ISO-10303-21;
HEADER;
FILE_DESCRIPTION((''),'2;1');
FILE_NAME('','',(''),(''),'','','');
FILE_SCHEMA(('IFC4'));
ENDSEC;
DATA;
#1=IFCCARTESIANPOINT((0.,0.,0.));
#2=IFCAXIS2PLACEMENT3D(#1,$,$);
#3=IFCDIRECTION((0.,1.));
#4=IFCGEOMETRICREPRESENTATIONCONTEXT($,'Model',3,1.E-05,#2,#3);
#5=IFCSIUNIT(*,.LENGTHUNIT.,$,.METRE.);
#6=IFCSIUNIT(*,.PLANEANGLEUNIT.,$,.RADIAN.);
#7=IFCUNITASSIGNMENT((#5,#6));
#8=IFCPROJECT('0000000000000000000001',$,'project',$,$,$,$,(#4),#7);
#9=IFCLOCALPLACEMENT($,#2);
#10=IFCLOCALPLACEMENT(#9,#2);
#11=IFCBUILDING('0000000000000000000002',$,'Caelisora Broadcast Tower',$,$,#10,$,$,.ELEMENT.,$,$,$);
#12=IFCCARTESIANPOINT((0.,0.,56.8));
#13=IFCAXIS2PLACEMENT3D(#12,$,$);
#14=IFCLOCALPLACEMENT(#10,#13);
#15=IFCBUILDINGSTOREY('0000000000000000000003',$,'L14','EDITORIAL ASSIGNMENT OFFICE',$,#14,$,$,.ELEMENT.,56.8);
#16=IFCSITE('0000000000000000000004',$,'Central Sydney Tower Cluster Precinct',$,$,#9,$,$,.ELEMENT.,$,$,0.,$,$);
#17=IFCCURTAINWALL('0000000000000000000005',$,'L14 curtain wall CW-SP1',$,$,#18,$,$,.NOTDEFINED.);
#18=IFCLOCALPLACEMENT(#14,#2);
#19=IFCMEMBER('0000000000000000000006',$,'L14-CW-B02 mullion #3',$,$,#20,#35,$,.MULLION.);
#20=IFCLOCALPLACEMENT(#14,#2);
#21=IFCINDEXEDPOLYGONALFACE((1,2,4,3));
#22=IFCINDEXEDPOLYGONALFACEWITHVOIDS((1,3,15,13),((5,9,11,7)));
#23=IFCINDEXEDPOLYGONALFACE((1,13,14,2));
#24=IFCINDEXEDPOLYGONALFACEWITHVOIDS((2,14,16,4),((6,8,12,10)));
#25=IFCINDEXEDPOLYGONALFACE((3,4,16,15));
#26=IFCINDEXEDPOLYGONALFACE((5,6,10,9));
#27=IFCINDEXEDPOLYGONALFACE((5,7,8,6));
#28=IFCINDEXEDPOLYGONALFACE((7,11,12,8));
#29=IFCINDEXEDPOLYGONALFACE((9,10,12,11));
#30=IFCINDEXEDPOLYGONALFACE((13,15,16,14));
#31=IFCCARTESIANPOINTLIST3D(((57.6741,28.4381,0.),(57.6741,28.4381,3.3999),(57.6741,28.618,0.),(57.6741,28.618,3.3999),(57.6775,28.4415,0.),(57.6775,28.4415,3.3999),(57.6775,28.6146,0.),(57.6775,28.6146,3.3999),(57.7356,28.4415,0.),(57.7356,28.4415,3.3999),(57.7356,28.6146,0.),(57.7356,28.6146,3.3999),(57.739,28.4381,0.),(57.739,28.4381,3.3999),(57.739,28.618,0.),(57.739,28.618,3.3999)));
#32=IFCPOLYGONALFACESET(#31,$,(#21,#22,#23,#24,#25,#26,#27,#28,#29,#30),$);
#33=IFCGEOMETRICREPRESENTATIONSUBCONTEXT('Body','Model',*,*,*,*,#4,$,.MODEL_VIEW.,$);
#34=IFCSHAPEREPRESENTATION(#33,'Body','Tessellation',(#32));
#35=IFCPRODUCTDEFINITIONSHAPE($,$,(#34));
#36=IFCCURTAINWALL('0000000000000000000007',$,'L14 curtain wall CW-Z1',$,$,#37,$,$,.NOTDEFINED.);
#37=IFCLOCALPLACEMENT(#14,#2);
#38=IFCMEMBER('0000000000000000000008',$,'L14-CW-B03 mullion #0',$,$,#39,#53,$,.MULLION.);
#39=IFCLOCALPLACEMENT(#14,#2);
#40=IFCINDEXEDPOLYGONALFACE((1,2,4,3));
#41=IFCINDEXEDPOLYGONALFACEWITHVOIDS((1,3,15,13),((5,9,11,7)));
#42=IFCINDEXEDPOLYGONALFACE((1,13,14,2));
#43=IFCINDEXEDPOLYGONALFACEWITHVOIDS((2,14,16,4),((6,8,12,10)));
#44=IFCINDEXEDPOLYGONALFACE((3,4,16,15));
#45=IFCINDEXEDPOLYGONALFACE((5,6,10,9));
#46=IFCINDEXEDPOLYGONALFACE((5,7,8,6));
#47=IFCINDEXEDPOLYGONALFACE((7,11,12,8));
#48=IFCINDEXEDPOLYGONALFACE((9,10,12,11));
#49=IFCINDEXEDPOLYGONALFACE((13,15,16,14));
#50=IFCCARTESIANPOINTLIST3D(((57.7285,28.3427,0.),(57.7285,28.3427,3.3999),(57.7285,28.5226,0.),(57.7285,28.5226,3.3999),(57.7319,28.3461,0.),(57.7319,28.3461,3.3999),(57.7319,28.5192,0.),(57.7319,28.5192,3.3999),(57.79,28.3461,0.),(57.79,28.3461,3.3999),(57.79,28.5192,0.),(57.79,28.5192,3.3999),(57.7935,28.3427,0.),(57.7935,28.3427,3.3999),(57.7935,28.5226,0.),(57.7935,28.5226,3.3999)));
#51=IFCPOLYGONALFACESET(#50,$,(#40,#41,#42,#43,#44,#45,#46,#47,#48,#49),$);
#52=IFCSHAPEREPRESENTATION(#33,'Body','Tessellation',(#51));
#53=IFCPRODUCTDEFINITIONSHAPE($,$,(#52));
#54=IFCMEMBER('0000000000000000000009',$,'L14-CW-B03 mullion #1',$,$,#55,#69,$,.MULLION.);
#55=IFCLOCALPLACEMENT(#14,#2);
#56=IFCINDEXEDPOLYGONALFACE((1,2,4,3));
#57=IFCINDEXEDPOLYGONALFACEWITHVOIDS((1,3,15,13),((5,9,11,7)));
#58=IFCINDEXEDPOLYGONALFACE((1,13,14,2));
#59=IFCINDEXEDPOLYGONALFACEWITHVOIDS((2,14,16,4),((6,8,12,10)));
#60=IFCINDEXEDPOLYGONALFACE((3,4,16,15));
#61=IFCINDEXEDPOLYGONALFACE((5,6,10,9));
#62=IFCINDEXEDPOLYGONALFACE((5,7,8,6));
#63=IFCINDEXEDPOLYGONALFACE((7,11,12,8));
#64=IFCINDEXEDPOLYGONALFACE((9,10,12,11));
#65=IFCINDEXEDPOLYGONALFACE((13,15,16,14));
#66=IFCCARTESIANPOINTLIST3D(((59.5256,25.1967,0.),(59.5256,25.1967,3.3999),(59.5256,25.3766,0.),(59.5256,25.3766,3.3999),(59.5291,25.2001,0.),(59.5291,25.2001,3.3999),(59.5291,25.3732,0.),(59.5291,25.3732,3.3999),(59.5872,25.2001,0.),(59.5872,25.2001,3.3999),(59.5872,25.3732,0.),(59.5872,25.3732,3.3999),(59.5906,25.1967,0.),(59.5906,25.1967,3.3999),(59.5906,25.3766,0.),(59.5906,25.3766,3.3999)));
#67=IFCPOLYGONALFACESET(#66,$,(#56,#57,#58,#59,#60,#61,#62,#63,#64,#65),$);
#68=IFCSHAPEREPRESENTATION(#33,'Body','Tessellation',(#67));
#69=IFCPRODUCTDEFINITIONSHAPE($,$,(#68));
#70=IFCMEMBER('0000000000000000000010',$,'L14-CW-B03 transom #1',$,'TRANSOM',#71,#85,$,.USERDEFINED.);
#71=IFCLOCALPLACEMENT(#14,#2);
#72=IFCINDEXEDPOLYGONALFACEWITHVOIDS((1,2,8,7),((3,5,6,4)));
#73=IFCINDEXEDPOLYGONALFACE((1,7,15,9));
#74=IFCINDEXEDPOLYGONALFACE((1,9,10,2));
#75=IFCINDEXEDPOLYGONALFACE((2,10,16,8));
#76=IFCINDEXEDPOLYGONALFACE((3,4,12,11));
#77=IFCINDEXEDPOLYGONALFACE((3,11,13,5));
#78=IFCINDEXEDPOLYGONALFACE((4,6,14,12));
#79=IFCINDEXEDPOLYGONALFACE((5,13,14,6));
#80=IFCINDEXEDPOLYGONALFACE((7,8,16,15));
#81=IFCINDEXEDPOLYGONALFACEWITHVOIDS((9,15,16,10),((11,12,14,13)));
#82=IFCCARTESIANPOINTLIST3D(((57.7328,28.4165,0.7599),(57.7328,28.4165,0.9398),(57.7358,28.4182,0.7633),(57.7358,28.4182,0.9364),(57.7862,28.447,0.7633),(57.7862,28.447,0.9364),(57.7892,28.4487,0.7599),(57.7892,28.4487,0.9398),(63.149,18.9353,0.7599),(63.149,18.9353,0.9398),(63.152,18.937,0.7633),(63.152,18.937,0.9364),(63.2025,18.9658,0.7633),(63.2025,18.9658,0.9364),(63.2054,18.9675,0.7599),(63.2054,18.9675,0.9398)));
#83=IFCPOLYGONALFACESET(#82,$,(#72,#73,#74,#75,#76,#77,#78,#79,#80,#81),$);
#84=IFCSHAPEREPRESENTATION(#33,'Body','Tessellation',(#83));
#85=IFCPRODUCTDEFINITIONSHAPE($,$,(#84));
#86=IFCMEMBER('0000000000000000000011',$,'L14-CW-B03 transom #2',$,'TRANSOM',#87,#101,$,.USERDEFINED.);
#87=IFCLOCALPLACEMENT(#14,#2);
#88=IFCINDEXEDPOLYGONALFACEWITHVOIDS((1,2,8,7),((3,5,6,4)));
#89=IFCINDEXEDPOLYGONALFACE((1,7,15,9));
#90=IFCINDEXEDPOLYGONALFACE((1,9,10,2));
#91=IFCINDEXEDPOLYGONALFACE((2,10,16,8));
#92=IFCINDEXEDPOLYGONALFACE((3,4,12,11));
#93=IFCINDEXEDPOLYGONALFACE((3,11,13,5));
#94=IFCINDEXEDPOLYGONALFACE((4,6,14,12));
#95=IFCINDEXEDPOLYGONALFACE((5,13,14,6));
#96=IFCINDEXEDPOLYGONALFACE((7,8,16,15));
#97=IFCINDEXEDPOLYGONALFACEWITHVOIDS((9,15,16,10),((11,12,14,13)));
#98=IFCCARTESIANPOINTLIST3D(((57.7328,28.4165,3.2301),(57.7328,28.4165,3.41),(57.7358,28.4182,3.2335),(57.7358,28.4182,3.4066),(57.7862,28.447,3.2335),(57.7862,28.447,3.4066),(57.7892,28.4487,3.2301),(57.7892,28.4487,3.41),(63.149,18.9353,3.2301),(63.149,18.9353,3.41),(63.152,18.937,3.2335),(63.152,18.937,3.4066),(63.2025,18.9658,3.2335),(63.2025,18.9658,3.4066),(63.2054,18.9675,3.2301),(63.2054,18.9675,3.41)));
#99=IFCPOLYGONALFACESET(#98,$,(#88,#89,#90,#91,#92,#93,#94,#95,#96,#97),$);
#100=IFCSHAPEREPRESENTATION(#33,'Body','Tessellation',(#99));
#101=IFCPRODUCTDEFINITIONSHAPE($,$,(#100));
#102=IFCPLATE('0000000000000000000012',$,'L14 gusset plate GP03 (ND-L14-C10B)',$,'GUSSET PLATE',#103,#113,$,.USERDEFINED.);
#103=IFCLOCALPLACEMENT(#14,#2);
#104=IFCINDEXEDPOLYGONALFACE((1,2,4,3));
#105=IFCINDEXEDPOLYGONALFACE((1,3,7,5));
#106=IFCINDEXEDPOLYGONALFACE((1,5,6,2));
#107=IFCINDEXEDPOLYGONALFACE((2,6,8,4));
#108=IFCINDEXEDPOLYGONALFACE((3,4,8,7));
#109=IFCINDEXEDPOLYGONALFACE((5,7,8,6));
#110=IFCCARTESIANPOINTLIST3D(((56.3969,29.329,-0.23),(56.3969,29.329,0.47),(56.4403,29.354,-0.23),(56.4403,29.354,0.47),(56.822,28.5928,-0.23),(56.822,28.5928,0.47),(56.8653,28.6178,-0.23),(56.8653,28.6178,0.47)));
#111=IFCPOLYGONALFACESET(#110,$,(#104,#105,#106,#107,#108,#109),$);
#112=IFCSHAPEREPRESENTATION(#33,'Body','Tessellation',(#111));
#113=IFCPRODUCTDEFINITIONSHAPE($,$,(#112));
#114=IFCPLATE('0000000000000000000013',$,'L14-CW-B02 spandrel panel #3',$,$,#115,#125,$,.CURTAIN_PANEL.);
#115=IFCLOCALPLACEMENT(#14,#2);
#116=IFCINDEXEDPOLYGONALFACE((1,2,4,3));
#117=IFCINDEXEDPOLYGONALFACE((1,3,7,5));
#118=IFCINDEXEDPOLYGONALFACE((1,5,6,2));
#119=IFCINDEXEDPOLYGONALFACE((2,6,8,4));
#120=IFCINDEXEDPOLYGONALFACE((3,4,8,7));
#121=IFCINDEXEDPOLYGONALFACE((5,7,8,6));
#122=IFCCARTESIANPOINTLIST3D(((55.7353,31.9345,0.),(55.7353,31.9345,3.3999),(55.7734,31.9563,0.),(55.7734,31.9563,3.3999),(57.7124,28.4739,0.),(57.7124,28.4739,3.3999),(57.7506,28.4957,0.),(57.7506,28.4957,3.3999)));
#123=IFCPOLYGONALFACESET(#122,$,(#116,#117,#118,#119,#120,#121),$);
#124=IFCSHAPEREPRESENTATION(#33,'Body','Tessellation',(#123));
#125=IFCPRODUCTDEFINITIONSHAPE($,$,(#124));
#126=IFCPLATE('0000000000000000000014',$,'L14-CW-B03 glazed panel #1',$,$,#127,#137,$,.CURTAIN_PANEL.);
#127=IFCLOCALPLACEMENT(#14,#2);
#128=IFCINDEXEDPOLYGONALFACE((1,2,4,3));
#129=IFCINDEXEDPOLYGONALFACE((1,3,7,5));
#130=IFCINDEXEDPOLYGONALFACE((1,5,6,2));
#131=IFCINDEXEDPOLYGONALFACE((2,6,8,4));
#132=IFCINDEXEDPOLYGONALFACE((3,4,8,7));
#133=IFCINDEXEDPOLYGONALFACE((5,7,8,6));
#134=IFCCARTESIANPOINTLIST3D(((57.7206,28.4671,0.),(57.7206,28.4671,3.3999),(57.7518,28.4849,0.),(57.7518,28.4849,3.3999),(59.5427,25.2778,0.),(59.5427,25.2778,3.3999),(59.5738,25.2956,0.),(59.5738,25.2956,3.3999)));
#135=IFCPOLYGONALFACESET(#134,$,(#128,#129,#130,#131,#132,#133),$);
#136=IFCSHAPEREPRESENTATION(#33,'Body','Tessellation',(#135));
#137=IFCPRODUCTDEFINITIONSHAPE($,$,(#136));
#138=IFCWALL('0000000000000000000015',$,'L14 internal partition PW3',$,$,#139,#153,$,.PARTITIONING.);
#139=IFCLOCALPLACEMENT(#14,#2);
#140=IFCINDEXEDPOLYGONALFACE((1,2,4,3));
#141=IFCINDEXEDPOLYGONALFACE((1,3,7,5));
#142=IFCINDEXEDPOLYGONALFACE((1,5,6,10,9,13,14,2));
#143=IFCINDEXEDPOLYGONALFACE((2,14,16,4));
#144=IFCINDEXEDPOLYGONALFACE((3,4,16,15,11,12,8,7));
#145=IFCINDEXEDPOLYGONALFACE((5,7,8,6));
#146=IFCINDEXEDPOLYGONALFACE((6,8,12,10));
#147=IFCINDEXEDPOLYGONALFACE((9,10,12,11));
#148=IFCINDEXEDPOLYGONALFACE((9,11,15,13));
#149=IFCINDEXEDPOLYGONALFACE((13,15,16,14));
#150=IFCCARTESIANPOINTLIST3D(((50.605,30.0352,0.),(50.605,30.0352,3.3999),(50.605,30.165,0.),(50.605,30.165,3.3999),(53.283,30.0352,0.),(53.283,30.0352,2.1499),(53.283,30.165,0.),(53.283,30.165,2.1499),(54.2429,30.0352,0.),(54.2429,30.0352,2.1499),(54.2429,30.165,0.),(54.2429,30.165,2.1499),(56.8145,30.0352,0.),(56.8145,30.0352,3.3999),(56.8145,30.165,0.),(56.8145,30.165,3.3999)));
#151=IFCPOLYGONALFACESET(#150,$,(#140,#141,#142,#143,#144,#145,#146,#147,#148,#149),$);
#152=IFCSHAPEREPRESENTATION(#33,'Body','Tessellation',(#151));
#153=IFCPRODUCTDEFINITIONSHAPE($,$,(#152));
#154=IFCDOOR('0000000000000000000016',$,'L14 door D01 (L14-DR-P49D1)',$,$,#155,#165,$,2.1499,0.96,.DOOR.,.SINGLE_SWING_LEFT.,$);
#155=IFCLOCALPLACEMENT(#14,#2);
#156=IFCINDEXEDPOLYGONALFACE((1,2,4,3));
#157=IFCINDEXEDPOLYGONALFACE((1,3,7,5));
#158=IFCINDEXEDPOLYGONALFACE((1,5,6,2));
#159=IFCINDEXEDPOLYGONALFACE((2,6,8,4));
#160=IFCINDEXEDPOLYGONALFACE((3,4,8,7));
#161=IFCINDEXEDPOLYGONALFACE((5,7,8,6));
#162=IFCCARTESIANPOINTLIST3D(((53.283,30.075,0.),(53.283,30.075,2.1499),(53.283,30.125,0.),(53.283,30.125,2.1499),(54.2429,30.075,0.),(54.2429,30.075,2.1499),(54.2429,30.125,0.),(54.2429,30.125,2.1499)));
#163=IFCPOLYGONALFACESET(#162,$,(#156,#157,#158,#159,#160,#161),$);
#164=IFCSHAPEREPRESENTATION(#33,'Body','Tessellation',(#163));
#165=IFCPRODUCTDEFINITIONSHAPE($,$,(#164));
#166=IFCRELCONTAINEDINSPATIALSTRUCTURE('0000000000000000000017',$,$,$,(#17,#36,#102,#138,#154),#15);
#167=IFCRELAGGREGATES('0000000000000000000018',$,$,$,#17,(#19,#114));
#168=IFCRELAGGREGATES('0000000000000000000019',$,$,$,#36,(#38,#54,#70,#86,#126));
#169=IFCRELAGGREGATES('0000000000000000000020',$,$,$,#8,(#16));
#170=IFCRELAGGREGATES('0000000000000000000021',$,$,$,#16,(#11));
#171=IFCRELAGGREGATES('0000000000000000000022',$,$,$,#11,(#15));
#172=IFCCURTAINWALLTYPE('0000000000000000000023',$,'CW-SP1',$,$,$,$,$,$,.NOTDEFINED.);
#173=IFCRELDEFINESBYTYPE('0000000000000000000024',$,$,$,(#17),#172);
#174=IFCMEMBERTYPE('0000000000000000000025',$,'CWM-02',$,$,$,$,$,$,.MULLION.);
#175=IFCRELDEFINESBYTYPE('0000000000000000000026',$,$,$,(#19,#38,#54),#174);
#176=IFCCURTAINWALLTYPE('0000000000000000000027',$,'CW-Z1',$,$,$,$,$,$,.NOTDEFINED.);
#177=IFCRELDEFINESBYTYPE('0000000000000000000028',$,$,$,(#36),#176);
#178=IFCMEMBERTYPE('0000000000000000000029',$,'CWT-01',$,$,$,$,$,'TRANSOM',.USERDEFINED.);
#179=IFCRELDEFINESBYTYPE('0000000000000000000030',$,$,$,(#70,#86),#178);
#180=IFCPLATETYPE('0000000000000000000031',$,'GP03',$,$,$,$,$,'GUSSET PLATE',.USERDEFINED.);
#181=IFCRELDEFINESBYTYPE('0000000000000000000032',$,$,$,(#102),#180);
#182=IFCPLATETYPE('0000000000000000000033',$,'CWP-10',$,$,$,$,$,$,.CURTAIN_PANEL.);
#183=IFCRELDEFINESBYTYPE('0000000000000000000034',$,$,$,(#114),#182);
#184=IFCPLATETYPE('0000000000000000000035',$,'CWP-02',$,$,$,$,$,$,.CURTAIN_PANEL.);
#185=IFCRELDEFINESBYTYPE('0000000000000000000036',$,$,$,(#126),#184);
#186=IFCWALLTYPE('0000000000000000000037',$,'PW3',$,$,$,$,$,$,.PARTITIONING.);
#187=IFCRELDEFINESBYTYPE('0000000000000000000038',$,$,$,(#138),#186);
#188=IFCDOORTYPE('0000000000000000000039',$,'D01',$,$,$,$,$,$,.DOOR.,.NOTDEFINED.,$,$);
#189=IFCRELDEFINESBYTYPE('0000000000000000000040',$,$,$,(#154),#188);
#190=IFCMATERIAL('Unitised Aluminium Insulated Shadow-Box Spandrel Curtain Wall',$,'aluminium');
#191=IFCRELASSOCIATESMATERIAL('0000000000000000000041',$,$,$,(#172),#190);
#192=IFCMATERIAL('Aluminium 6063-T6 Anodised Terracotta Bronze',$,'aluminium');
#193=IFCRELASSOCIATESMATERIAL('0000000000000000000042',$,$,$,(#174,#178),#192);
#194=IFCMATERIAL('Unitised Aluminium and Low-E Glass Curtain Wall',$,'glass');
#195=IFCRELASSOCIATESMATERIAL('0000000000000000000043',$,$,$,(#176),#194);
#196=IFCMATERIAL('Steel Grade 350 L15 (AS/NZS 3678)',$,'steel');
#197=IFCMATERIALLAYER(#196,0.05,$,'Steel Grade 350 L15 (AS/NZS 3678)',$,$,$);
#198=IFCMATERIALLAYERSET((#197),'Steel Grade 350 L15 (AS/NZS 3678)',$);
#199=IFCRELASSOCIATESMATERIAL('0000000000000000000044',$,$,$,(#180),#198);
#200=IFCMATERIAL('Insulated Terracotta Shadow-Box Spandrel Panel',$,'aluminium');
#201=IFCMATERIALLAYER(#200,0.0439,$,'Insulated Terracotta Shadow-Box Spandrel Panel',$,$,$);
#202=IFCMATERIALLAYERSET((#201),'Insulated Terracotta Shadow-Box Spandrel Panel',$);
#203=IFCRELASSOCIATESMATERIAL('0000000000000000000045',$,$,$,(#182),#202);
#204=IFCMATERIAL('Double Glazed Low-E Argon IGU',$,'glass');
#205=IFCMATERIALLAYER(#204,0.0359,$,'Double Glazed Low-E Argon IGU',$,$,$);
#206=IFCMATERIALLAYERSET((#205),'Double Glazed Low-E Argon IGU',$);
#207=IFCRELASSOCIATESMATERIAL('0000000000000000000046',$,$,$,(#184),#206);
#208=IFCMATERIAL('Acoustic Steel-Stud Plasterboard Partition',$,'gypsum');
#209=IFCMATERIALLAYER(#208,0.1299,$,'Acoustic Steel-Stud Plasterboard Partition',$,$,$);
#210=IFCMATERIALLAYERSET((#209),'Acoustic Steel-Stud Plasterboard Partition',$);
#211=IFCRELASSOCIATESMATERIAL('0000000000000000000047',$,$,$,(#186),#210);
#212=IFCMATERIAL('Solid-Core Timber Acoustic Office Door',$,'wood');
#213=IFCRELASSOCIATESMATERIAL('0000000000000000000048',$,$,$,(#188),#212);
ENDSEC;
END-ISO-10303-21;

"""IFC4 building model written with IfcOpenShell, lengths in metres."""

from ifc_helpers import new_model, si_unit, direction, frame, frame_2d, origin, origin_2d, place, context, subcontext, project, spatial, rectangle, hollow_rectangle, extrude, source, transform, mapped, material, layer, layer_set, material_profile, profile_set, type_object, type_shapes, element, fill, aggregate, save


model = new_model("IFC4")

# Units and contexts
model_context = context("Model", 3, precision=1e-05, world=origin(), true_north=direction((0.0, 1.0)))
body_context = subcontext(model_context, "Body", "Model", "MODEL_VIEW")
ifc_project = project(units=[si_unit("LENGTHUNIT", "METRE"), si_unit("PLANEANGLEUNIT", "RADIAN")], contexts=[model_context])

# Site, building, storey
site_placement = place(None, origin())
site = spatial("IfcSite", under=ifc_project, at=site_placement, Name="Central Sydney Tower Cluster Precinct", CompositionType="ELEMENT", RefElevation=0.0)
building_placement = place(site_placement, origin())
building = spatial("IfcBuilding", under=site, at=building_placement, Name="Caelisora Broadcast Tower", CompositionType="ELEMENT")
storey_placement = place(building_placement, frame((0.0, 0.0, 56.8)))
storey = spatial("IfcBuildingStorey", under=building, at=storey_placement, Name="L14", Description="EDITORIAL ASSIGNMENT OFFICE", CompositionType="ELEMENT", Elevation=56.8)

# Shared definitions
ifc_material_1 = material(Name="Steel Grade 350 L15 (AS/NZS 3678)", Category="steel")

# Curtain walls, members
ifc_material_2 = material(Name="Unitised Aluminium Insulated Shadow-Box Spandrel Curtain Wall", Category="aluminium")
curtain_wall_type_1 = type_object("IfcCurtainWallType", Name="CW-SP1", PredefinedType="NOTDEFINED", material=ifc_material_2)
curtain_wall_1_placement = place(storey_placement, origin())
curtain_wall_1 = element("IfcCurtainWall", 1, at=curtain_wall_1_placement, inside=storey, type_object=curtain_wall_type_1, Name="L14 curtain wall CW-SP1", PredefinedType="NOTDEFINED")
ifc_material_3 = material(Name="Aluminium 6063-T6 Anodised Terracotta Bronze", Category="aluminium")
ifc_material_profile_1 = material_profile(ifc_material_3, hollow_rectangle(XDim=0.0649, YDim=0.1799, WallThickness=0.0034, at=origin_2d()), Name="Aluminium 6063-T6 Anodised Terracotta Bronze")
ifc_profile_set_1 = profile_set([ifc_material_profile_1], Name="Aluminium 6063-T6 Anodised Terracotta Bronze")
member_type_1 = type_object("IfcMemberType", Name="CWM-02", PredefinedType="MULLION", material=ifc_profile_set_1)
shared_shape_1 = source(origin(), body_context, "Body", "SweptSolid", [
    extrude(hollow_rectangle(XDim=0.0649, YDim=0.1799, WallThickness=0.0034, at=origin_2d()), origin(), (0.0, 0.0, 1.0), 3.3999),
])
type_shapes(member_type_1, [shared_shape_1])
member_1_placement = place(storey_placement, frame((57.7065, 28.5281, 0.0), z_axis=(0.0, 0.0, 1.0), x_axis=(1.0, 0.0, 0.0)))
member_1 = element("IfcMember", 2, at=member_1_placement, type_object=member_type_1, Name="L14-CW-B02 mullion #3", PredefinedType="MULLION", context=body_context, shape_type="MappedRepresentation", body=[
    mapped(shared_shape_1, transform((0.0, 0.0, 0.0), scale=1.0)),
])
ifc_material_4 = material(Name="Unitised Aluminium and Low-E Glass Curtain Wall", Category="glass")
curtain_wall_type_2 = type_object("IfcCurtainWallType", Name="CW-Z1", PredefinedType="NOTDEFINED", material=ifc_material_4)
curtain_wall_2_placement = place(storey_placement, origin())
curtain_wall_2 = element("IfcCurtainWall", 3, at=curtain_wall_2_placement, inside=storey, type_object=curtain_wall_type_2, Name="L14 curtain wall CW-Z1", PredefinedType="NOTDEFINED")
member_2_placement = place(storey_placement, frame((57.761, 28.4326, 0.0), z_axis=(0.0, 0.0, 1.0), x_axis=(1.0, 0.0, 0.0)))
member_2 = element("IfcMember", 4, at=member_2_placement, type_object=member_type_1, Name="L14-CW-B03 mullion #0", PredefinedType="MULLION", context=body_context, shape_type="MappedRepresentation", body=[
    mapped(shared_shape_1, transform((0.0, 0.0, 0.0), scale=1.0)),
])
member_3_placement = place(storey_placement, frame((59.5581, 25.2866, 0.0), z_axis=(0.0, 0.0, 1.0), x_axis=(1.0, 0.0, 0.0)))
member_3 = element("IfcMember", 5, at=member_3_placement, type_object=member_type_1, Name="L14-CW-B03 mullion #1", PredefinedType="MULLION", context=body_context, shape_type="MappedRepresentation", body=[
    mapped(shared_shape_1, transform((0.0, 0.0, 0.0), scale=1.0)),
])
ifc_material_profile_2 = material_profile(ifc_material_3, hollow_rectangle(XDim=0.0649, YDim=0.1799, WallThickness=0.0034, at=origin_2d()), Name="Aluminium 6063-T6 Anodised Terracotta Bronze")
ifc_profile_set_2 = profile_set([ifc_material_profile_2], Name="Aluminium 6063-T6 Anodised Terracotta Bronze")
member_type_2 = type_object("IfcMemberType", Name="CWT-01", ElementType="TRANSOM", PredefinedType="USERDEFINED", material=ifc_profile_set_2)
shared_shape_2 = source(origin(), body_context, "Body", "SweptSolid", [
    extrude(hollow_rectangle(XDim=0.0649, YDim=0.1799, WallThickness=0.0034, at=origin_2d()), origin(), (0.0, 0.0, 1.0), 10.9192),
])
type_shapes(member_type_2, [shared_shape_2])
member_4_placement = place(storey_placement, frame((57.761, 28.4326, 0.8499), z_axis=(0.496031, -0.868305, 0.0), x_axis=(0.868305, 0.496031, 0.0)))
member_4 = element("IfcMember", 6, at=member_4_placement, type_object=member_type_2, Name="L14-CW-B03 transom #1", ObjectType="TRANSOM", PredefinedType="USERDEFINED", context=body_context, shape_type="MappedRepresentation", body=[
    mapped(shared_shape_2, transform((0.0, 0.0, 0.0), scale=1.0)),
])
member_5_placement = place(storey_placement, frame((57.761, 28.4326, 3.3201), z_axis=(0.496031, -0.868305, 0.0), x_axis=(0.868305, 0.496031, 0.0)))
member_5 = element("IfcMember", 7, at=member_5_placement, type_object=member_type_2, Name="L14-CW-B03 transom #2", ObjectType="TRANSOM", PredefinedType="USERDEFINED", context=body_context, shape_type="MappedRepresentation", body=[
    mapped(shared_shape_2, transform((0.0, 0.0, 0.0), scale=1.0)),
])

# Plates
ifc_layer_1 = layer(ifc_material_1, 0.05, Name="Steel Grade 350 L15 (AS/NZS 3678)")
ifc_layer_set_1 = layer_set([ifc_layer_1], Name="Steel Grade 350 L15 (AS/NZS 3678)")
plate_type_1 = type_object("IfcPlateType", Name="GP03", ElementType="GUSSET PLATE", PredefinedType="USERDEFINED", material=ifc_layer_set_1)
shared_shape_3 = source(origin(), body_context, "Body", "SweptSolid", [
    extrude(rectangle(XDim=0.8501, YDim=0.05, at=origin_2d()), origin(), (0.0, 0.0, 1.0), 0.7),
])
type_shapes(plate_type_1, [shared_shape_3])
plate_1_placement = place(storey_placement, frame((56.6311, 28.9734, -0.23), z_axis=(0.0, 0.0, 1.0), x_axis=(-0.5, 0.866025, 0.0)))
element("IfcPlate", 8, at=plate_1_placement, inside=storey, type_object=plate_type_1, Name="L14 gusset plate GP03 (ND-L14-C10B)", ObjectType="GUSSET PLATE", PredefinedType="USERDEFINED", context=body_context, shape_type="MappedRepresentation", body=[
    mapped(shared_shape_3, transform((0.0, 0.0, 0.0), scale=1.0)),
])
ifc_material_5 = material(Name="Insulated Terracotta Shadow-Box Spandrel Panel", Category="aluminium")
ifc_layer_2 = layer(ifc_material_5, 0.0439, Name="Insulated Terracotta Shadow-Box Spandrel Panel")
ifc_layer_set_2 = layer_set([ifc_layer_2], Name="Insulated Terracotta Shadow-Box Spandrel Panel")
plate_type_2 = type_object("IfcPlateType", Name="CWP-10", PredefinedType="CURTAIN_PANEL", material=ifc_layer_set_2)
shared_shape_4 = source(origin(), body_context, "Body", "SweptSolid", [
    extrude(rectangle(XDim=3.9856, YDim=0.0439, at=origin_2d()), origin(), (0.0, 0.0, 1.0), 3.3999),
])
type_shapes(plate_type_2, [shared_shape_4])
plate_2_placement = place(storey_placement, frame((56.7429, 30.2151, 0.0), z_axis=(0.0, 0.0, 1.0), x_axis=(0.496065, -0.868285, 0.0)))
plate_2 = element("IfcPlate", 9, at=plate_2_placement, type_object=plate_type_2, Name="L14-CW-B02 spandrel panel #3", PredefinedType="CURTAIN_PANEL", context=body_context, shape_type="MappedRepresentation", body=[
    mapped(shared_shape_4, transform((0.0, 0.0, 0.0), scale=1.0)),
])
aggregate(curtain_wall_1, [member_1, plate_2])
ifc_material_6 = material(Name="Double Glazed Low-E Argon IGU", Category="glass")
ifc_layer_3 = layer(ifc_material_6, 0.0359, Name="Double Glazed Low-E Argon IGU")
ifc_layer_set_3 = layer_set([ifc_layer_3], Name="Double Glazed Low-E Argon IGU")
plate_type_3 = type_object("IfcPlateType", Name="CWP-02", PredefinedType="CURTAIN_PANEL", material=ifc_layer_set_3)
shared_shape_5 = source(origin(), body_context, "Body", "SweptSolid", [
    extrude(rectangle(XDim=3.6731, YDim=0.0359, at=origin_2d()), origin(), (0.0, 0.0, 1.0), 3.3999),
])
type_shapes(plate_type_3, [shared_shape_5])
plate_3_placement = place(storey_placement, frame((58.6472, 26.8813, 0.0), z_axis=(0.0, 0.0, 1.0), x_axis=(0.496065, -0.868285, 0.0)))
plate_3 = element("IfcPlate", 10, at=plate_3_placement, type_object=plate_type_3, Name="L14-CW-B03 glazed panel #1", PredefinedType="CURTAIN_PANEL", context=body_context, shape_type="MappedRepresentation", body=[
    mapped(shared_shape_5, transform((0.0, 0.0, 0.0), scale=1.0)),
])
aggregate(curtain_wall_2, [member_2, member_3, member_4, member_5, plate_3])

# Wall, opening, door
ifc_material_7 = material(Name="Acoustic Steel-Stud Plasterboard Partition", Category="gypsum")
ifc_layer_4 = layer(ifc_material_7, 0.1299, Name="Acoustic Steel-Stud Plasterboard Partition")
ifc_layer_set_4 = layer_set([ifc_layer_4], Name="Acoustic Steel-Stud Plasterboard Partition")
wall_type_1 = type_object("IfcWallType", Name="PW3", PredefinedType="PARTITIONING", material=ifc_layer_set_4)
wall_1_placement = place(storey_placement, frame((50.605, 30.1001, 0.0), z_axis=(0.0, 0.0, 1.0), x_axis=(1.0, 0.0, 0.0)))
wall_1 = element("IfcWall", 11, at=wall_1_placement, inside=storey, type_object=wall_type_1, Name="L14 internal partition PW3", PredefinedType="PARTITIONING", context=body_context, shape_type="SweptSolid", body=[
    extrude(rectangle(XDim=6.2095, YDim=0.1299, at=frame_2d((3.1047, 0.0))), origin(), (0.0, 0.0, 1.0), 3.3999),
])
opening_1_placement = place(wall_1_placement, frame((2.678, 0.0, 0.0)))
opening_1 = element("IfcOpeningElement", 12, at=opening_1_placement, cuts=wall_1, PredefinedType="OPENING", context=body_context, shape_type="SweptSolid", body=[
    extrude(rectangle(XDim=0.96, YDim=2.1499, at=frame_2d((0.48, 1.075))), frame((0.0, 0.0769, 0.0), z_axis=(0.0, -1.0, 0.0), x_axis=(1.0, 0.0, 0.0)), (0.0, 0.0, 1.0), 0.1538),
])
ifc_material_8 = material(Name="Solid-Core Timber Acoustic Office Door", Category="wood")
door_type = type_object("IfcDoorType", Name="D01", OperationType="NOTDEFINED", PredefinedType="DOOR", material=ifc_material_8)
door_1_placement = place(opening_1_placement, origin())
door_1 = element("IfcDoor", 13, at=door_1_placement, inside=storey, type_object=door_type, Name="L14 door D01 (L14-DR-P49D1)", OperationType="SINGLE_SWING_LEFT", OverallHeight=2.1499, OverallWidth=0.96, PredefinedType="DOOR", context=body_context, shape_type="SweptSolid", body=[
    extrude(rectangle(XDim=0.96, YDim=2.1499, at=frame_2d((0.48, 1.075))), frame((0.0, 0.0249, 0.0), z_axis=(0.0, -1.0, 0.0), x_axis=(1.0, 0.0, 0.0)), (0.0, 0.0, 1.0), 0.05),
])
fill(opening_1, door_1)

save(model, "model.ifc")
